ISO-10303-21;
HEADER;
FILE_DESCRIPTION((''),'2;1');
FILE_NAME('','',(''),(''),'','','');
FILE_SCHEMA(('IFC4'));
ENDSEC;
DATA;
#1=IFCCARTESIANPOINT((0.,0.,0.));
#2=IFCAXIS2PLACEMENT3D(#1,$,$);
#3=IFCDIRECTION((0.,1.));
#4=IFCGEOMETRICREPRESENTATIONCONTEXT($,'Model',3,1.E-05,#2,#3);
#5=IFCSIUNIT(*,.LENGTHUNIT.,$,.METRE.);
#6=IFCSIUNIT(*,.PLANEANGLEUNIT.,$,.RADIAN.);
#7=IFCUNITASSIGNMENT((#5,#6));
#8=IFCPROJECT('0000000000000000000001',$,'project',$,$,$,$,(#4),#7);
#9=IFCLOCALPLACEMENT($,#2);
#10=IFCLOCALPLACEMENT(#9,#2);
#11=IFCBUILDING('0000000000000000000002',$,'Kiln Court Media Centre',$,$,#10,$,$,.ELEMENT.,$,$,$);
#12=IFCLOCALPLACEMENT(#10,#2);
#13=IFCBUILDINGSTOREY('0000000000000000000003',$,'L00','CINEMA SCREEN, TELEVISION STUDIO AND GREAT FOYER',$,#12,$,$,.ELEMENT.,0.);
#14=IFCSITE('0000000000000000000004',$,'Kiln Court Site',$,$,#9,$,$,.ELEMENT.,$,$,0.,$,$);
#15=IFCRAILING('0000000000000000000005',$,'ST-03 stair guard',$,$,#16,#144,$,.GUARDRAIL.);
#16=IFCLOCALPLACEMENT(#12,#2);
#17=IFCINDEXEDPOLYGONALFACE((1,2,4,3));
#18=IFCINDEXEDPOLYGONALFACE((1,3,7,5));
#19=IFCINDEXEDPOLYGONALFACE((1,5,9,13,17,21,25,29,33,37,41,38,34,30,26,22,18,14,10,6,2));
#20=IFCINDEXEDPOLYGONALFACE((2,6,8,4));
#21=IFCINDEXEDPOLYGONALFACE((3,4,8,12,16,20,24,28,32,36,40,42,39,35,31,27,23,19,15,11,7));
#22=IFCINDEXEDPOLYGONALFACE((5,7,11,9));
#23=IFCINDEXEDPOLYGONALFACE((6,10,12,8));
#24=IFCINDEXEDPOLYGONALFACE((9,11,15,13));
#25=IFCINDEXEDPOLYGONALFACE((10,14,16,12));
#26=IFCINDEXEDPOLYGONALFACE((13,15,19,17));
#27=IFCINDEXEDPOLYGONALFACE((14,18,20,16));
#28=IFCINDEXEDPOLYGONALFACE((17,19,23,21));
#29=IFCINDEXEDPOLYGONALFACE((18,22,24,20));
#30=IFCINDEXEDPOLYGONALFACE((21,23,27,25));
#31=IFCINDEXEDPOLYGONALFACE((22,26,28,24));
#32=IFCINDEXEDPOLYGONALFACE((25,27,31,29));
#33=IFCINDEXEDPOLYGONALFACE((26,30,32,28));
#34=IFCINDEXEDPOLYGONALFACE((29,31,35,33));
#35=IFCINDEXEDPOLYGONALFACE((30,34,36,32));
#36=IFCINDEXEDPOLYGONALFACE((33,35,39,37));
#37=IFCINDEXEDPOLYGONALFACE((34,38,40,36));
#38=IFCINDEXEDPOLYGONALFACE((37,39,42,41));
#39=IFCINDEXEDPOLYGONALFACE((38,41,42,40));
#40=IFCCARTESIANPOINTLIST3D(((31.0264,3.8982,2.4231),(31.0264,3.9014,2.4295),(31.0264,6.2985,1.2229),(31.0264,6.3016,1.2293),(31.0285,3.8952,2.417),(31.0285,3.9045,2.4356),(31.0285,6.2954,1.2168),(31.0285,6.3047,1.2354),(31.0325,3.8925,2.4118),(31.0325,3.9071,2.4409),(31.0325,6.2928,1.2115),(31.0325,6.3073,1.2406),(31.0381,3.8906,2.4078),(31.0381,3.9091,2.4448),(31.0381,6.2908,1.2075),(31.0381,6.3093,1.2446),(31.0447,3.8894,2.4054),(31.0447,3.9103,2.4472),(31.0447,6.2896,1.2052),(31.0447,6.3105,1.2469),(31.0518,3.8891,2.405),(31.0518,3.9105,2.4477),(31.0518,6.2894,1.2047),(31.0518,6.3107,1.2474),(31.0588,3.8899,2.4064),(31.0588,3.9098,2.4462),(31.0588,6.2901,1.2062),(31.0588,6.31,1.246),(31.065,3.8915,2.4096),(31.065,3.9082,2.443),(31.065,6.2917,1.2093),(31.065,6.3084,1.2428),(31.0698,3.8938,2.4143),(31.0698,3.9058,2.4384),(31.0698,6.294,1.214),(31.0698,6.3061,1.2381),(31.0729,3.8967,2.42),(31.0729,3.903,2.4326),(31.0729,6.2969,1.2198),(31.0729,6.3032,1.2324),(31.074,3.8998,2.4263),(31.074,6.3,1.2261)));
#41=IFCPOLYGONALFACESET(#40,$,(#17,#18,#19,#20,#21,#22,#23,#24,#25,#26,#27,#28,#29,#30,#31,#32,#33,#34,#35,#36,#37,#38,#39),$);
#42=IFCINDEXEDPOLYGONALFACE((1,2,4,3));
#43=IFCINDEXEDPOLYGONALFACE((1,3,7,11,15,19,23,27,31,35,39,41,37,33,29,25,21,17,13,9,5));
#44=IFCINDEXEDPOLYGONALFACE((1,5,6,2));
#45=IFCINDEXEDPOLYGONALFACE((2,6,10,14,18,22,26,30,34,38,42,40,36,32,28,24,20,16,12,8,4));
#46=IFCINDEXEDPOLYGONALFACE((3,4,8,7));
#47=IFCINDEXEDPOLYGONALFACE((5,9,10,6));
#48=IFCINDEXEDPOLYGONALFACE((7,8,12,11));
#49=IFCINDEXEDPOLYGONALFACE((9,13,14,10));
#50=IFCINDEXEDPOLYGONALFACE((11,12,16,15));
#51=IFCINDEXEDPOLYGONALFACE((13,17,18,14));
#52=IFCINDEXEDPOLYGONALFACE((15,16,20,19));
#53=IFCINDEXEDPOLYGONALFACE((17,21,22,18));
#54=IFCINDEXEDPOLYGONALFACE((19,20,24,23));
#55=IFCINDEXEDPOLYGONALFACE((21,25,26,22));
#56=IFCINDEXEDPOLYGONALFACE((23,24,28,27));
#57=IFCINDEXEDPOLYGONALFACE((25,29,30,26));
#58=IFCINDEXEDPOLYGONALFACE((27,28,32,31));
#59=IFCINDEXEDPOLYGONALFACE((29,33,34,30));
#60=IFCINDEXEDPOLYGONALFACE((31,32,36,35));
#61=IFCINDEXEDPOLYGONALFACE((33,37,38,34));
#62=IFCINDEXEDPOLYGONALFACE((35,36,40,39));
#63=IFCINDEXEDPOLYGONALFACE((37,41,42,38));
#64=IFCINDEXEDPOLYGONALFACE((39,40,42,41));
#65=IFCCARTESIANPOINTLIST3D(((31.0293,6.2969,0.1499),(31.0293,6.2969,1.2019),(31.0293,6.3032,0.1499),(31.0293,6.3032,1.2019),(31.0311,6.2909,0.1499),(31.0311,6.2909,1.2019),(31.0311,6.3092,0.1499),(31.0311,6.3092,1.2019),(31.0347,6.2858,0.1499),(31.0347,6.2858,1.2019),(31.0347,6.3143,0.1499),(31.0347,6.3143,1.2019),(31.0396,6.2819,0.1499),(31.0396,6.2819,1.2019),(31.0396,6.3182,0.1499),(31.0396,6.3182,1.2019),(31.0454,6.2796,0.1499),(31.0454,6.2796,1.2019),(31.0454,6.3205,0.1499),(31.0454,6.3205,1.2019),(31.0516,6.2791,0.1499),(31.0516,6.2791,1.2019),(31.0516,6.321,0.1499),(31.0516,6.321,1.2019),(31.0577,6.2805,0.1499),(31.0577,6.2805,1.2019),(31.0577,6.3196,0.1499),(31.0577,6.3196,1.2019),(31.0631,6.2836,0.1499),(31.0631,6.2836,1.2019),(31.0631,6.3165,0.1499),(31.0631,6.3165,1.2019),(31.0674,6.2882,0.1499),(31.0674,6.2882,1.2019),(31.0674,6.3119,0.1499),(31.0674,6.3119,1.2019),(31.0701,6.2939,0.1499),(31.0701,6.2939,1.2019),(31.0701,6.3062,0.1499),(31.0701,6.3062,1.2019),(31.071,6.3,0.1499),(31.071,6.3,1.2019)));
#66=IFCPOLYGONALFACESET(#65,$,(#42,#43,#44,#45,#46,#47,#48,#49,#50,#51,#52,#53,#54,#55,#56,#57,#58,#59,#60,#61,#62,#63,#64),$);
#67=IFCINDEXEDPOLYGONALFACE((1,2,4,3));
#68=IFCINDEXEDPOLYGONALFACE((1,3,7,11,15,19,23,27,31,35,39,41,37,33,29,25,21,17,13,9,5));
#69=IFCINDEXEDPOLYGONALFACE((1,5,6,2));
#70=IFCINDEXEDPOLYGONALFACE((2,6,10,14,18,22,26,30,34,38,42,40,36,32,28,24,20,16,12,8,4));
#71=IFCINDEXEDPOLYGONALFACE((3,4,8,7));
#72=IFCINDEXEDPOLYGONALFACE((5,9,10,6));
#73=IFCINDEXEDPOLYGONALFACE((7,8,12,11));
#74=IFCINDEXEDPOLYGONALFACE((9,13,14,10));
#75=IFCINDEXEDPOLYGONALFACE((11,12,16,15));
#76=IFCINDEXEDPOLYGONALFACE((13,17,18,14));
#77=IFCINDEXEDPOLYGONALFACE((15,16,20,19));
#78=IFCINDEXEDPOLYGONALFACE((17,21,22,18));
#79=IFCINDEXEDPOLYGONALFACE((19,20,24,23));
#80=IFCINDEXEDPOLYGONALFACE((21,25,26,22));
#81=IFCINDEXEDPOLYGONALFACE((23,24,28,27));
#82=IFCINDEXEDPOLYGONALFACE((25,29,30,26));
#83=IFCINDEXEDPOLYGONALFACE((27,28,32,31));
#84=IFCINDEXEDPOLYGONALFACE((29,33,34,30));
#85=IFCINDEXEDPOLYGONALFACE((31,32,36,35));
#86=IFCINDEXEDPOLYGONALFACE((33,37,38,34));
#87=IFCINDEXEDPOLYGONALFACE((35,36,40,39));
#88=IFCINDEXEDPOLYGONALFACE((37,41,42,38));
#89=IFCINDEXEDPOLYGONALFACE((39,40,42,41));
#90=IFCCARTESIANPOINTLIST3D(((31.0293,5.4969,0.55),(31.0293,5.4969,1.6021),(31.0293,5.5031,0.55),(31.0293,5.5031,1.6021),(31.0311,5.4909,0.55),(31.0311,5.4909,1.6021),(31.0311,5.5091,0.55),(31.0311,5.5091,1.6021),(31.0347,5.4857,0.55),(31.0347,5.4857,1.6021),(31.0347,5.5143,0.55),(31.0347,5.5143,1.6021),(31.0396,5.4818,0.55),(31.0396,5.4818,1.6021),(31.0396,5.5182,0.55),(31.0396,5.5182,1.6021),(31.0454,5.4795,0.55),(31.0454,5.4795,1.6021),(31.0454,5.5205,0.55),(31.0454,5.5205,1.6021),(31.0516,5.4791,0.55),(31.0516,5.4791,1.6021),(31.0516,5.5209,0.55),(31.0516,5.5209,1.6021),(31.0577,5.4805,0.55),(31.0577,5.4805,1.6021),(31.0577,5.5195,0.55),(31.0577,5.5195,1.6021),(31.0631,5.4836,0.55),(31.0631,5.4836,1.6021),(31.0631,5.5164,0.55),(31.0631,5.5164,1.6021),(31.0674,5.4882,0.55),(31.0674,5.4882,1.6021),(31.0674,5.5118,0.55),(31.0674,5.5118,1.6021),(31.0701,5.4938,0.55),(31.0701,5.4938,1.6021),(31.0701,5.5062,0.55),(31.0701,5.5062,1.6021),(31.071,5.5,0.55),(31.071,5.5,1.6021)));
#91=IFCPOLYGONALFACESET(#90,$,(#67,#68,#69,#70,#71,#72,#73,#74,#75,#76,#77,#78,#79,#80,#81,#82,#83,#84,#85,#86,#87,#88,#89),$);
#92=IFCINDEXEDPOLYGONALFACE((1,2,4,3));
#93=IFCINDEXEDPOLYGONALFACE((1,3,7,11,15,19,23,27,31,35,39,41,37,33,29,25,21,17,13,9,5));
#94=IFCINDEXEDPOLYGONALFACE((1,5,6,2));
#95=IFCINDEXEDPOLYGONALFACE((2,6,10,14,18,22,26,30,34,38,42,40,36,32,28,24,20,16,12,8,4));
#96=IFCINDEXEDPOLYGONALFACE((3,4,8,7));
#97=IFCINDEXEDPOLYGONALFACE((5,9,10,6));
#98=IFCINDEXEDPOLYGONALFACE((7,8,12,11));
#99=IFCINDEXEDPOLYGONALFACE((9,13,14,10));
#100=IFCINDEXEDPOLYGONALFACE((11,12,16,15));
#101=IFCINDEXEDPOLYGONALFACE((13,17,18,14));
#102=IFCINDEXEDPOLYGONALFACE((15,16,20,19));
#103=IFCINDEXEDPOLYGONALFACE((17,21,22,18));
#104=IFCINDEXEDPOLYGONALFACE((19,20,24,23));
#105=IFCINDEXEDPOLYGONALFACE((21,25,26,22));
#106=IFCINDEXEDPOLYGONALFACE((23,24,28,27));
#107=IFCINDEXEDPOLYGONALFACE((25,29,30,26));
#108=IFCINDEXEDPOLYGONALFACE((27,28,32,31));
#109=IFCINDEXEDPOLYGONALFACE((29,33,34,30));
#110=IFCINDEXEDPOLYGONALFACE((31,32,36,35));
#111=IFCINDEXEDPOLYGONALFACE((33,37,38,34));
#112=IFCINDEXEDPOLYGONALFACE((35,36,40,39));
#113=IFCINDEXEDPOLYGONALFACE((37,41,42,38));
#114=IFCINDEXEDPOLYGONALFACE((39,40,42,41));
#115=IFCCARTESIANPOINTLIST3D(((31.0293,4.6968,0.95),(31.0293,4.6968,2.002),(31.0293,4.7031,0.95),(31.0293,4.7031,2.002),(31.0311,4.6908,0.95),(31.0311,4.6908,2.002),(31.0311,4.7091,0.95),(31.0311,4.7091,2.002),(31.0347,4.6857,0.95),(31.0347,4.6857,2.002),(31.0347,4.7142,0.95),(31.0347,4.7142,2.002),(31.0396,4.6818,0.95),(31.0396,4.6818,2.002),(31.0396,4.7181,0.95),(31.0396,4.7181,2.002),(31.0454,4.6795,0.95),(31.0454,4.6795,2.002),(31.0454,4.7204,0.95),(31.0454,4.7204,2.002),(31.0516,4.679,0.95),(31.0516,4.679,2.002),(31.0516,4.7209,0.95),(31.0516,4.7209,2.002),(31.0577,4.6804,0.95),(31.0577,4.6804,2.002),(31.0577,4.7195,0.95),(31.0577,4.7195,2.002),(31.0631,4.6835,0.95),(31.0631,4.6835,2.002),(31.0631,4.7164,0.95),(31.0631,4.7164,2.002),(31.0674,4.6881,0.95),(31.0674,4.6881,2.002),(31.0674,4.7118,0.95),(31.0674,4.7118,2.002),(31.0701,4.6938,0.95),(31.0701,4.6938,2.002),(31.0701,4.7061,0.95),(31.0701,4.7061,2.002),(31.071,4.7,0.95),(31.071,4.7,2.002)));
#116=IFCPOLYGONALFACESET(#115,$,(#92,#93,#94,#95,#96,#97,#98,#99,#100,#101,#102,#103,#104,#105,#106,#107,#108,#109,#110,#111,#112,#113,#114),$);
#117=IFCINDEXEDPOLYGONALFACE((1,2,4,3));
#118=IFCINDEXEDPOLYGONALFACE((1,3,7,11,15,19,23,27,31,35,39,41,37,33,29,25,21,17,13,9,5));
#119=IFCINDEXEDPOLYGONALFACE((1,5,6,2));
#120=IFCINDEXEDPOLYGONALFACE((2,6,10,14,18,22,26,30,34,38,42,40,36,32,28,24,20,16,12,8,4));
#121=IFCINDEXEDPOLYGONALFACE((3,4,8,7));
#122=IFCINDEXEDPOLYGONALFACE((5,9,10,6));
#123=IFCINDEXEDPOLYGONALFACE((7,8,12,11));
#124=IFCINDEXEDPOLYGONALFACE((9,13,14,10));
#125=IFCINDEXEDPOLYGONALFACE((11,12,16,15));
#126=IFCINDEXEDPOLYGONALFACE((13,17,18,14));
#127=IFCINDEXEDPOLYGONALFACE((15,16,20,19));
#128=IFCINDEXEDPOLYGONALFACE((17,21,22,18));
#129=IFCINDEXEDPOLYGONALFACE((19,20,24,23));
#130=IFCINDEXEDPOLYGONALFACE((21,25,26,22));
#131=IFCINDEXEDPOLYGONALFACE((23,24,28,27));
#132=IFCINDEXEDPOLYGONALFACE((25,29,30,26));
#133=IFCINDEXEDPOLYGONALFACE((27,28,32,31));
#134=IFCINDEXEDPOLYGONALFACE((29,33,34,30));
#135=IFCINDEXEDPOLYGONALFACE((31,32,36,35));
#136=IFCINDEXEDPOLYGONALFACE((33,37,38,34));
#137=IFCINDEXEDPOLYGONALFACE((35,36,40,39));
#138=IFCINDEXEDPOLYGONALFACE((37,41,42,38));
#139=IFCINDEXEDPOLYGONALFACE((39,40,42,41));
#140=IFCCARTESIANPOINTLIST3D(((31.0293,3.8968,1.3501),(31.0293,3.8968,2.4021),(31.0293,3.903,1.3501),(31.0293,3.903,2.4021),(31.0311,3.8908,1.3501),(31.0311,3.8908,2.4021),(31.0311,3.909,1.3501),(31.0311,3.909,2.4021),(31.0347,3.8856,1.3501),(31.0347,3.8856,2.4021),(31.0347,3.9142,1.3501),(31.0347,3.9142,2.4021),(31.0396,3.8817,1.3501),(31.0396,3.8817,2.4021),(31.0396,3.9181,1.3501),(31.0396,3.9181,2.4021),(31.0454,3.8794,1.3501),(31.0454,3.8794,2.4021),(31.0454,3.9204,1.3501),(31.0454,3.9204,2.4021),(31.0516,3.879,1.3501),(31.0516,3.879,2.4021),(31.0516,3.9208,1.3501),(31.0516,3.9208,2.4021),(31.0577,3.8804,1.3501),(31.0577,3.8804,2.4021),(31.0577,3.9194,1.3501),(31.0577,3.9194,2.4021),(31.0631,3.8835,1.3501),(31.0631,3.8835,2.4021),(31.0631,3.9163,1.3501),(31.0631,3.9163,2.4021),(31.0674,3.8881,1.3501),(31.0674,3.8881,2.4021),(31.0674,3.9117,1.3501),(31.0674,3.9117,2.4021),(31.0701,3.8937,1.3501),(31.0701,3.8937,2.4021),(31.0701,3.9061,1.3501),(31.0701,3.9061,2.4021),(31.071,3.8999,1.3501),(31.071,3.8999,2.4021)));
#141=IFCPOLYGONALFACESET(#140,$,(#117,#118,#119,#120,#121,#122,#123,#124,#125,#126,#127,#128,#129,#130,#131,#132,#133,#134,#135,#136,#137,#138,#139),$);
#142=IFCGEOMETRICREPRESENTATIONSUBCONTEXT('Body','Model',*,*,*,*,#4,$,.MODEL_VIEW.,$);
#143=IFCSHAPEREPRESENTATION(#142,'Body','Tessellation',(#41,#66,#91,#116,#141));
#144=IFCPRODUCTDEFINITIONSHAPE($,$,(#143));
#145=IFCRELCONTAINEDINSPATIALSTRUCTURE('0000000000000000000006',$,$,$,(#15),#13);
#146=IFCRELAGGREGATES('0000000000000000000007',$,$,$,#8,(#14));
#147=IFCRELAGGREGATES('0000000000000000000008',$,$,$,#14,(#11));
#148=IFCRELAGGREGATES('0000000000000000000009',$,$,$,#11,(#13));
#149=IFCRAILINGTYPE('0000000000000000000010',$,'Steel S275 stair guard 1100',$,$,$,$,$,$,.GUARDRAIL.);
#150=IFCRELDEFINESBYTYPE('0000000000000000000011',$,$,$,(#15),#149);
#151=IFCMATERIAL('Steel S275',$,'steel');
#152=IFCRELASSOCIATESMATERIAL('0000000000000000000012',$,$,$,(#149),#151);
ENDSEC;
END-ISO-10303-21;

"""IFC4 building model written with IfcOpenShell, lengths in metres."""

from ifc_helpers import new_model, si_unit, direction, frame, origin, origin_2d, place, context, subcontext, project, spatial, circle, extrude, material, type_object, element, save


model = new_model("IFC4")

# Units and contexts
model_context = context("Model", 3, precision=1e-05, world=origin(), true_north=direction((0.0, 1.0)))
body_context = subcontext(model_context, "Body", "Model", "MODEL_VIEW")
ifc_project = project(units=[si_unit("LENGTHUNIT", "METRE"), si_unit("PLANEANGLEUNIT", "RADIAN")], contexts=[model_context])

# Site, building, storey
site_placement = place(None, origin())
site = spatial("IfcSite", under=ifc_project, at=site_placement, Name="Kiln Court Site", CompositionType="ELEMENT", RefElevation=0.0)
building_placement = place(site_placement, origin())
building = spatial("IfcBuilding", under=site, at=building_placement, Name="Kiln Court Media Centre", CompositionType="ELEMENT")
storey_placement = place(building_placement, origin())
storey = spatial("IfcBuildingStorey", under=building, at=storey_placement, Name="L00", Description="CINEMA SCREEN, TELEVISION STUDIO AND GREAT FOYER", CompositionType="ELEMENT", Elevation=0.0)

# Railing
ifc_material_1 = material(Name="Steel S275", Category="steel")
railing_type_1 = type_object("IfcRailingType", Name="Steel S275 stair guard 1100", PredefinedType="GUARDRAIL", material=ifc_material_1)
railing_1_placement = place(storey_placement, frame((31.05, 6.3, 0.1499)))
element("IfcRailing", 1, at=railing_1_placement, inside=storey, type_object=railing_type_1, Name="ST-03 stair guard", PredefinedType="GUARDRAIL", context=body_context, shape_type="SweptSolid", body=[
    extrude(circle(Radius=0.0239, at=origin_2d()), frame((0.0, 0.0, 1.0762), z_axis=(0.0, -0.894409, 0.44725), x_axis=(1.0, 0.0, 0.0)), (0.0, 0.0, 1.0), 2.6836),
    extrude(circle(Radius=0.021, at=origin_2d()), origin(), (0.0, 0.0, 1.0), 1.052),
    extrude(circle(Radius=0.021, at=origin_2d()), frame((0.0, -0.8, 0.4001)), (0.0, 0.0, 1.0), 1.052),
    extrude(circle(Radius=0.021, at=origin_2d()), frame((0.0, -1.6001, 0.8)), (0.0, 0.0, 1.0), 1.052),
    extrude(circle(Radius=0.021, at=origin_2d()), frame((0.0, -2.4001, 1.2002)), (0.0, 0.0, 1.0), 1.052),
])

save(model, "model.ifc")
